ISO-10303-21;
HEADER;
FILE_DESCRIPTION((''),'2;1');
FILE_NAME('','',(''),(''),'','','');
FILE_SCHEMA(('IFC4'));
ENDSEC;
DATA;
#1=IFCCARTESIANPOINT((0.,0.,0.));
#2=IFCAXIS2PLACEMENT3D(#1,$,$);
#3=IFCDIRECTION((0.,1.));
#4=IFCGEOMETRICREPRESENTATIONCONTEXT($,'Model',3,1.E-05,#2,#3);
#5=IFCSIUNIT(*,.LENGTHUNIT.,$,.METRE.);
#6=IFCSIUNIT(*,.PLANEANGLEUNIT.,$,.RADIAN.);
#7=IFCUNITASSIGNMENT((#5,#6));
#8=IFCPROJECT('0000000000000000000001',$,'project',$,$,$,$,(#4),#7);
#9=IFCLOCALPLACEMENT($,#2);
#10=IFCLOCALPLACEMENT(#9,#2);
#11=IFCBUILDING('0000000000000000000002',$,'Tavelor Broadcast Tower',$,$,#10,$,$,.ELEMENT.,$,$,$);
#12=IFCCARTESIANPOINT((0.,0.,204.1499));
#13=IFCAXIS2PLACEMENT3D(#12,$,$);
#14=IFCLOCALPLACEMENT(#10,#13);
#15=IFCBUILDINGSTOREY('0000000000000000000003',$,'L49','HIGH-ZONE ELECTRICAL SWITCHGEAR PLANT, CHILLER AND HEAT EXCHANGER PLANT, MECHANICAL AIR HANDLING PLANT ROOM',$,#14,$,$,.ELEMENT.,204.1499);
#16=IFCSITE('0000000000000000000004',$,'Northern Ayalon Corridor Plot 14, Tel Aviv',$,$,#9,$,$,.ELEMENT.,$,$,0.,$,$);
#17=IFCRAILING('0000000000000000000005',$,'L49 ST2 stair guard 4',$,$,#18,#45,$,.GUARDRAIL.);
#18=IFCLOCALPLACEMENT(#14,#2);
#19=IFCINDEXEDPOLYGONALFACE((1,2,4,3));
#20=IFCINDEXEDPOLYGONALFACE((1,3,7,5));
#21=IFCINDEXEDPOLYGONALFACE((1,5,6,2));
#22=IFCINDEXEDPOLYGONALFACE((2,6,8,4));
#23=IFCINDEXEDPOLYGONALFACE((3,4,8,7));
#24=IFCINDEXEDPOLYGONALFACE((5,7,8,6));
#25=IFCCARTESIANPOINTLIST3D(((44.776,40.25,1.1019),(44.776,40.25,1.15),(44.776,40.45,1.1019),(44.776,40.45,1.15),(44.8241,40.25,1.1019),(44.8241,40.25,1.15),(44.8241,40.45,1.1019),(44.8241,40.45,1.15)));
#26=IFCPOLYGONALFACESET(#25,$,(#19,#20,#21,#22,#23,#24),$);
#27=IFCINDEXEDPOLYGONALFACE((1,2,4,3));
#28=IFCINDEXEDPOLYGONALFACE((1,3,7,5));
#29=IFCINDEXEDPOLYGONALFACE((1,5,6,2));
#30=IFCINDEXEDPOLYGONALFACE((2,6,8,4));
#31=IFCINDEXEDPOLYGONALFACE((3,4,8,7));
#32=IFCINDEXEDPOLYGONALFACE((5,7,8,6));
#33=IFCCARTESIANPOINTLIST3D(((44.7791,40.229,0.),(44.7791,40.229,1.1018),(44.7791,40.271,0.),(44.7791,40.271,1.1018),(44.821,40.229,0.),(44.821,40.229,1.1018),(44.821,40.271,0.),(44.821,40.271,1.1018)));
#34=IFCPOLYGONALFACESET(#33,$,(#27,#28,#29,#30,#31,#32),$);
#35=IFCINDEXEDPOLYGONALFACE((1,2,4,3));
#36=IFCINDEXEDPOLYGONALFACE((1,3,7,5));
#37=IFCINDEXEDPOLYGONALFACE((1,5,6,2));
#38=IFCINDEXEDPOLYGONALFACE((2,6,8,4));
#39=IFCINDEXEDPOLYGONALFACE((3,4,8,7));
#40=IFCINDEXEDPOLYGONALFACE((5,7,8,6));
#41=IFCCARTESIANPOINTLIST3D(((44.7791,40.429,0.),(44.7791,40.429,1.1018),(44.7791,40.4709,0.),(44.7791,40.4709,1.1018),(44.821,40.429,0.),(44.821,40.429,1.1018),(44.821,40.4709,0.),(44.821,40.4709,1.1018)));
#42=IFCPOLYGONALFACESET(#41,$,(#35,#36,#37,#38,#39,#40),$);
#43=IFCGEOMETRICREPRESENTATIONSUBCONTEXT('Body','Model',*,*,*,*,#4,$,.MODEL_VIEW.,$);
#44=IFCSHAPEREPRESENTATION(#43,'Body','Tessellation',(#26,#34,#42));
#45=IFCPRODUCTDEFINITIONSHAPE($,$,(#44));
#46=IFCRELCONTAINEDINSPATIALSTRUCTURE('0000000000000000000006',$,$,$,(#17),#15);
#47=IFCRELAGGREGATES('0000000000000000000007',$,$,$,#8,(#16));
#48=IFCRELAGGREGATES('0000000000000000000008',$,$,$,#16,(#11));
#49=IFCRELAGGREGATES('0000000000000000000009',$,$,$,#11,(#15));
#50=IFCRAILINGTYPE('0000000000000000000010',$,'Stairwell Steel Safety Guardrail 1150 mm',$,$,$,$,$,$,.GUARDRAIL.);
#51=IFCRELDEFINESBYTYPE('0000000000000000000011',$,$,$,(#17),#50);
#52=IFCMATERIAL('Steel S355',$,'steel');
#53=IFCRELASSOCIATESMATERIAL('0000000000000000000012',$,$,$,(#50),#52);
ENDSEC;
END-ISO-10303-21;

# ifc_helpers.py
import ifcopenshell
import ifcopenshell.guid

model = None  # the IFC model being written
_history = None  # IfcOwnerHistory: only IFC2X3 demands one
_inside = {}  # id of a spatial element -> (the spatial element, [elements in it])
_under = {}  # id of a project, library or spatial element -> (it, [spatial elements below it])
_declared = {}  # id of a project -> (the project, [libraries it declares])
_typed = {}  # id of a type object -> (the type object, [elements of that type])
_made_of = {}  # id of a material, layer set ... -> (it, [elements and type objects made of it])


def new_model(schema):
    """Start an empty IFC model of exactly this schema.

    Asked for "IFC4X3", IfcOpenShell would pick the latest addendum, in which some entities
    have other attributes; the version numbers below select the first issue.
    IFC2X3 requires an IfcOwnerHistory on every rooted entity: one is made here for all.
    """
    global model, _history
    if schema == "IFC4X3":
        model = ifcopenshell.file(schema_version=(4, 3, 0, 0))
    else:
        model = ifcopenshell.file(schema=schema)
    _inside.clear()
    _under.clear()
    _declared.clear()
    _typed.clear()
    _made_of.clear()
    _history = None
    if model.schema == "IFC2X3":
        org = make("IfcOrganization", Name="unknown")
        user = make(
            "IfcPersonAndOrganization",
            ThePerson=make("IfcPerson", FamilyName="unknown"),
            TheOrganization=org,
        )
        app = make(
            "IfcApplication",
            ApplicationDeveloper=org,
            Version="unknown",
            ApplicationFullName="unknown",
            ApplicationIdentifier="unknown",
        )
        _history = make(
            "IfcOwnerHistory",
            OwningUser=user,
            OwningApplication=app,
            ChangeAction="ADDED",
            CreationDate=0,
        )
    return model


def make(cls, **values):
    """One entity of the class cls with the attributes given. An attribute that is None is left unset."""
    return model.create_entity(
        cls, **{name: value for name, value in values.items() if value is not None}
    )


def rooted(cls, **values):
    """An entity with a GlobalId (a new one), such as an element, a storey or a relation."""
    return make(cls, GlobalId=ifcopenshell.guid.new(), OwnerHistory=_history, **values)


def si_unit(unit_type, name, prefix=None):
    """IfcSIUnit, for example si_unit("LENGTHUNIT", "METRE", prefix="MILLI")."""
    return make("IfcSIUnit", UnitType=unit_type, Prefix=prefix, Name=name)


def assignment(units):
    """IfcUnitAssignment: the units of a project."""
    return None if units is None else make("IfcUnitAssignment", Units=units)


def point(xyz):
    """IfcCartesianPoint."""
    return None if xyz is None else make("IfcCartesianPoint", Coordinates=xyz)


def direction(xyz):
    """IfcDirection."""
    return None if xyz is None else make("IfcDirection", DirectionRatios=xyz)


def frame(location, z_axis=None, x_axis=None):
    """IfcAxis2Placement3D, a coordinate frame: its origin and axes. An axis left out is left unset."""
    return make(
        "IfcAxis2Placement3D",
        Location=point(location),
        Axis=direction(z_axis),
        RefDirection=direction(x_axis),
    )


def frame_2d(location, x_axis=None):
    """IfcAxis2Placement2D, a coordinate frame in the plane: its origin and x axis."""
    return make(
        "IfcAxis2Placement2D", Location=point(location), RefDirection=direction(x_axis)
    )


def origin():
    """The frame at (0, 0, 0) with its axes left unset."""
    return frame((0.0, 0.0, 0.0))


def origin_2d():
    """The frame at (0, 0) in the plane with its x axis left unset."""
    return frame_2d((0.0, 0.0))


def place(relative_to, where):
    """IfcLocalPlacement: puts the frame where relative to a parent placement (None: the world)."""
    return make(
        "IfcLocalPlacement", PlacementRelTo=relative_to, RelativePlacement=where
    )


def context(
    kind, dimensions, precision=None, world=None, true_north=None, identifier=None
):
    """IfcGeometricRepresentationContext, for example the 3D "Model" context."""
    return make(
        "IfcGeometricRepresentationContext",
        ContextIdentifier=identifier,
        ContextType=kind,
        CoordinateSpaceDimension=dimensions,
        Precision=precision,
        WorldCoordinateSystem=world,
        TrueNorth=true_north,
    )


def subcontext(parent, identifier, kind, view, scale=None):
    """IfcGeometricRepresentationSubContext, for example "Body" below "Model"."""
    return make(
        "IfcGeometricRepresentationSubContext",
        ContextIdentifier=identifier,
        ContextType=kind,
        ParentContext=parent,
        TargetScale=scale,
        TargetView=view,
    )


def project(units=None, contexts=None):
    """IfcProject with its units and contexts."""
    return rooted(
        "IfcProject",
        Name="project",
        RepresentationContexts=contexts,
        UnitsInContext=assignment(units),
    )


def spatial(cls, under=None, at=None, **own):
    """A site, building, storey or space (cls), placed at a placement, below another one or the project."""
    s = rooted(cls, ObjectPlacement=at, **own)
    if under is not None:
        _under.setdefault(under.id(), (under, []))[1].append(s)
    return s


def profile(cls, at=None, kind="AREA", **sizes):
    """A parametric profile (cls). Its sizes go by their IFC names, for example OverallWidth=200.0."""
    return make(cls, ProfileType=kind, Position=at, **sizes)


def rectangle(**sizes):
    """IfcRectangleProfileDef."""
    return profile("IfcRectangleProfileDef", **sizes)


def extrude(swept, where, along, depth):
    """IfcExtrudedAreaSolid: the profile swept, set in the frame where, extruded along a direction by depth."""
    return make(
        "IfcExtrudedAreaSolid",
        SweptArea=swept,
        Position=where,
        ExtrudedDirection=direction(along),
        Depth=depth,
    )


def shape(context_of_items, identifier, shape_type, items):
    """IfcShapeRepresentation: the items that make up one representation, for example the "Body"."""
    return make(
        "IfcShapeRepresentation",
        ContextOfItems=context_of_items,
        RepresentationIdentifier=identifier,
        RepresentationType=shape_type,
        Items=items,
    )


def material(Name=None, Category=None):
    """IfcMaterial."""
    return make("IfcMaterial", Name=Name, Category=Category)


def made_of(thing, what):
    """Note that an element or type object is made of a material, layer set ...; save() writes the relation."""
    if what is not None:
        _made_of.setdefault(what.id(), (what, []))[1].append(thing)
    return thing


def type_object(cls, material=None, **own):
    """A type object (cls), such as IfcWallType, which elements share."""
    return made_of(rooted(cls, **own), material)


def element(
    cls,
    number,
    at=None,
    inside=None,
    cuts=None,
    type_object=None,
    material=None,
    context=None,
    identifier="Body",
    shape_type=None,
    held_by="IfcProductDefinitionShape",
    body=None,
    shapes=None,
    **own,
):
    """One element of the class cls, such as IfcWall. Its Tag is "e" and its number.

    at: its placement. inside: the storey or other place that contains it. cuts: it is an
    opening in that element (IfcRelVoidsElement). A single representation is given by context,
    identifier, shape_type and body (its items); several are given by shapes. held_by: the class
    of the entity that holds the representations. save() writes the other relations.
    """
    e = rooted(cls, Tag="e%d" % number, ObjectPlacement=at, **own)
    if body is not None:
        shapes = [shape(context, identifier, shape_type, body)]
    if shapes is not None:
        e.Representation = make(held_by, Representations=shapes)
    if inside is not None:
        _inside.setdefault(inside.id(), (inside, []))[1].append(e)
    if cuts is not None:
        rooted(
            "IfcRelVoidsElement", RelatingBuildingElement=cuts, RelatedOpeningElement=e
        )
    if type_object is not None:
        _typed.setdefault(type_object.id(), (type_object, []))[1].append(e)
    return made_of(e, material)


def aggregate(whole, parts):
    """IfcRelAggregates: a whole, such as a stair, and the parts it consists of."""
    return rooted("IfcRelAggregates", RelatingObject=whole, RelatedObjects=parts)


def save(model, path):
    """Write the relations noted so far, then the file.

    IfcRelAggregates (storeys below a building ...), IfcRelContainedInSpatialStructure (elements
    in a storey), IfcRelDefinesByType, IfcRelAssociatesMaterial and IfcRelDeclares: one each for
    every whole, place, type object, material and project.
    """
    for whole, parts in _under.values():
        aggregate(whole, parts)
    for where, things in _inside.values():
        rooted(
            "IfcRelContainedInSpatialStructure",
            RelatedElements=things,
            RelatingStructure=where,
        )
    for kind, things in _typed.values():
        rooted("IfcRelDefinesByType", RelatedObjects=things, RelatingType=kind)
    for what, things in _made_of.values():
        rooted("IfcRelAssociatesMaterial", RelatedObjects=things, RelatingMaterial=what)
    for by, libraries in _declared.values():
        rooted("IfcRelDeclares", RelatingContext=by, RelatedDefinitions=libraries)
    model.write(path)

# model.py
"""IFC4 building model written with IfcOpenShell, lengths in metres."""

from ifc_helpers import new_model, si_unit, direction, frame, origin, origin_2d, place, context, subcontext, project, spatial, rectangle, extrude, material, type_object, element, save


model = new_model("IFC4")

# Units and contexts
model_context = context("Model", 3, precision=1e-05, world=origin(), true_north=direction((0.0, 1.0)))
body_context = subcontext(model_context, "Body", "Model", "MODEL_VIEW")
ifc_project = project(units=[si_unit("LENGTHUNIT", "METRE"), si_unit("PLANEANGLEUNIT", "RADIAN")], contexts=[model_context])

# Site, building, storey
site_placement = place(None, origin())
site = spatial("IfcSite", under=ifc_project, at=site_placement, Name="Northern Ayalon Corridor Plot 14, Tel Aviv", CompositionType="ELEMENT", RefElevation=0.0)
building_placement = place(site_placement, origin())
building = spatial("IfcBuilding", under=site, at=building_placement, Name="Tavelor Broadcast Tower", CompositionType="ELEMENT")
storey_placement = place(building_placement, frame((0.0, 0.0, 204.1499)))
storey = spatial("IfcBuildingStorey", under=building, at=storey_placement, Name="L49", Description="HIGH-ZONE ELECTRICAL SWITCHGEAR PLANT, CHILLER AND HEAT EXCHANGER PLANT, MECHANICAL AIR HANDLING PLANT ROOM", CompositionType="ELEMENT", Elevation=204.1499)

# Shared definitions
ifc_material_1 = material(Name="Steel S355", Category="steel")

# Railing
railing_type_1 = type_object("IfcRailingType", Name="Stairwell Steel Safety Guardrail 1150 mm", PredefinedType="GUARDRAIL", material=ifc_material_1)
railing_1_placement = place(storey_placement, frame((44.8, 40.25, 0.0)))
element("IfcRailing", 1, at=railing_1_placement, inside=storey, type_object=railing_type_1, Name="L49 ST2 stair guard 4", PredefinedType="GUARDRAIL", context=body_context, shape_type="SweptSolid", body=[
    extrude(rectangle(XDim=0.0481, YDim=0.0481, at=origin_2d()), frame((0.0, 0.0, 1.126), z_axis=(0.0, 1.0, 0.0), x_axis=(-1.0, 0.0, 0.0)), (0.0, 0.0, 1.0), 0.2),
    extrude(rectangle(XDim=0.042, YDim=0.042, at=origin_2d()), origin(), (0.0, 0.0, 1.0), 1.1018),
    extrude(rectangle(XDim=0.042, YDim=0.042, at=origin_2d()), frame((0.0, 0.2, 0.0)), (0.0, 0.0, 1.0), 1.1018),
])

save(model, "model.ifc")
